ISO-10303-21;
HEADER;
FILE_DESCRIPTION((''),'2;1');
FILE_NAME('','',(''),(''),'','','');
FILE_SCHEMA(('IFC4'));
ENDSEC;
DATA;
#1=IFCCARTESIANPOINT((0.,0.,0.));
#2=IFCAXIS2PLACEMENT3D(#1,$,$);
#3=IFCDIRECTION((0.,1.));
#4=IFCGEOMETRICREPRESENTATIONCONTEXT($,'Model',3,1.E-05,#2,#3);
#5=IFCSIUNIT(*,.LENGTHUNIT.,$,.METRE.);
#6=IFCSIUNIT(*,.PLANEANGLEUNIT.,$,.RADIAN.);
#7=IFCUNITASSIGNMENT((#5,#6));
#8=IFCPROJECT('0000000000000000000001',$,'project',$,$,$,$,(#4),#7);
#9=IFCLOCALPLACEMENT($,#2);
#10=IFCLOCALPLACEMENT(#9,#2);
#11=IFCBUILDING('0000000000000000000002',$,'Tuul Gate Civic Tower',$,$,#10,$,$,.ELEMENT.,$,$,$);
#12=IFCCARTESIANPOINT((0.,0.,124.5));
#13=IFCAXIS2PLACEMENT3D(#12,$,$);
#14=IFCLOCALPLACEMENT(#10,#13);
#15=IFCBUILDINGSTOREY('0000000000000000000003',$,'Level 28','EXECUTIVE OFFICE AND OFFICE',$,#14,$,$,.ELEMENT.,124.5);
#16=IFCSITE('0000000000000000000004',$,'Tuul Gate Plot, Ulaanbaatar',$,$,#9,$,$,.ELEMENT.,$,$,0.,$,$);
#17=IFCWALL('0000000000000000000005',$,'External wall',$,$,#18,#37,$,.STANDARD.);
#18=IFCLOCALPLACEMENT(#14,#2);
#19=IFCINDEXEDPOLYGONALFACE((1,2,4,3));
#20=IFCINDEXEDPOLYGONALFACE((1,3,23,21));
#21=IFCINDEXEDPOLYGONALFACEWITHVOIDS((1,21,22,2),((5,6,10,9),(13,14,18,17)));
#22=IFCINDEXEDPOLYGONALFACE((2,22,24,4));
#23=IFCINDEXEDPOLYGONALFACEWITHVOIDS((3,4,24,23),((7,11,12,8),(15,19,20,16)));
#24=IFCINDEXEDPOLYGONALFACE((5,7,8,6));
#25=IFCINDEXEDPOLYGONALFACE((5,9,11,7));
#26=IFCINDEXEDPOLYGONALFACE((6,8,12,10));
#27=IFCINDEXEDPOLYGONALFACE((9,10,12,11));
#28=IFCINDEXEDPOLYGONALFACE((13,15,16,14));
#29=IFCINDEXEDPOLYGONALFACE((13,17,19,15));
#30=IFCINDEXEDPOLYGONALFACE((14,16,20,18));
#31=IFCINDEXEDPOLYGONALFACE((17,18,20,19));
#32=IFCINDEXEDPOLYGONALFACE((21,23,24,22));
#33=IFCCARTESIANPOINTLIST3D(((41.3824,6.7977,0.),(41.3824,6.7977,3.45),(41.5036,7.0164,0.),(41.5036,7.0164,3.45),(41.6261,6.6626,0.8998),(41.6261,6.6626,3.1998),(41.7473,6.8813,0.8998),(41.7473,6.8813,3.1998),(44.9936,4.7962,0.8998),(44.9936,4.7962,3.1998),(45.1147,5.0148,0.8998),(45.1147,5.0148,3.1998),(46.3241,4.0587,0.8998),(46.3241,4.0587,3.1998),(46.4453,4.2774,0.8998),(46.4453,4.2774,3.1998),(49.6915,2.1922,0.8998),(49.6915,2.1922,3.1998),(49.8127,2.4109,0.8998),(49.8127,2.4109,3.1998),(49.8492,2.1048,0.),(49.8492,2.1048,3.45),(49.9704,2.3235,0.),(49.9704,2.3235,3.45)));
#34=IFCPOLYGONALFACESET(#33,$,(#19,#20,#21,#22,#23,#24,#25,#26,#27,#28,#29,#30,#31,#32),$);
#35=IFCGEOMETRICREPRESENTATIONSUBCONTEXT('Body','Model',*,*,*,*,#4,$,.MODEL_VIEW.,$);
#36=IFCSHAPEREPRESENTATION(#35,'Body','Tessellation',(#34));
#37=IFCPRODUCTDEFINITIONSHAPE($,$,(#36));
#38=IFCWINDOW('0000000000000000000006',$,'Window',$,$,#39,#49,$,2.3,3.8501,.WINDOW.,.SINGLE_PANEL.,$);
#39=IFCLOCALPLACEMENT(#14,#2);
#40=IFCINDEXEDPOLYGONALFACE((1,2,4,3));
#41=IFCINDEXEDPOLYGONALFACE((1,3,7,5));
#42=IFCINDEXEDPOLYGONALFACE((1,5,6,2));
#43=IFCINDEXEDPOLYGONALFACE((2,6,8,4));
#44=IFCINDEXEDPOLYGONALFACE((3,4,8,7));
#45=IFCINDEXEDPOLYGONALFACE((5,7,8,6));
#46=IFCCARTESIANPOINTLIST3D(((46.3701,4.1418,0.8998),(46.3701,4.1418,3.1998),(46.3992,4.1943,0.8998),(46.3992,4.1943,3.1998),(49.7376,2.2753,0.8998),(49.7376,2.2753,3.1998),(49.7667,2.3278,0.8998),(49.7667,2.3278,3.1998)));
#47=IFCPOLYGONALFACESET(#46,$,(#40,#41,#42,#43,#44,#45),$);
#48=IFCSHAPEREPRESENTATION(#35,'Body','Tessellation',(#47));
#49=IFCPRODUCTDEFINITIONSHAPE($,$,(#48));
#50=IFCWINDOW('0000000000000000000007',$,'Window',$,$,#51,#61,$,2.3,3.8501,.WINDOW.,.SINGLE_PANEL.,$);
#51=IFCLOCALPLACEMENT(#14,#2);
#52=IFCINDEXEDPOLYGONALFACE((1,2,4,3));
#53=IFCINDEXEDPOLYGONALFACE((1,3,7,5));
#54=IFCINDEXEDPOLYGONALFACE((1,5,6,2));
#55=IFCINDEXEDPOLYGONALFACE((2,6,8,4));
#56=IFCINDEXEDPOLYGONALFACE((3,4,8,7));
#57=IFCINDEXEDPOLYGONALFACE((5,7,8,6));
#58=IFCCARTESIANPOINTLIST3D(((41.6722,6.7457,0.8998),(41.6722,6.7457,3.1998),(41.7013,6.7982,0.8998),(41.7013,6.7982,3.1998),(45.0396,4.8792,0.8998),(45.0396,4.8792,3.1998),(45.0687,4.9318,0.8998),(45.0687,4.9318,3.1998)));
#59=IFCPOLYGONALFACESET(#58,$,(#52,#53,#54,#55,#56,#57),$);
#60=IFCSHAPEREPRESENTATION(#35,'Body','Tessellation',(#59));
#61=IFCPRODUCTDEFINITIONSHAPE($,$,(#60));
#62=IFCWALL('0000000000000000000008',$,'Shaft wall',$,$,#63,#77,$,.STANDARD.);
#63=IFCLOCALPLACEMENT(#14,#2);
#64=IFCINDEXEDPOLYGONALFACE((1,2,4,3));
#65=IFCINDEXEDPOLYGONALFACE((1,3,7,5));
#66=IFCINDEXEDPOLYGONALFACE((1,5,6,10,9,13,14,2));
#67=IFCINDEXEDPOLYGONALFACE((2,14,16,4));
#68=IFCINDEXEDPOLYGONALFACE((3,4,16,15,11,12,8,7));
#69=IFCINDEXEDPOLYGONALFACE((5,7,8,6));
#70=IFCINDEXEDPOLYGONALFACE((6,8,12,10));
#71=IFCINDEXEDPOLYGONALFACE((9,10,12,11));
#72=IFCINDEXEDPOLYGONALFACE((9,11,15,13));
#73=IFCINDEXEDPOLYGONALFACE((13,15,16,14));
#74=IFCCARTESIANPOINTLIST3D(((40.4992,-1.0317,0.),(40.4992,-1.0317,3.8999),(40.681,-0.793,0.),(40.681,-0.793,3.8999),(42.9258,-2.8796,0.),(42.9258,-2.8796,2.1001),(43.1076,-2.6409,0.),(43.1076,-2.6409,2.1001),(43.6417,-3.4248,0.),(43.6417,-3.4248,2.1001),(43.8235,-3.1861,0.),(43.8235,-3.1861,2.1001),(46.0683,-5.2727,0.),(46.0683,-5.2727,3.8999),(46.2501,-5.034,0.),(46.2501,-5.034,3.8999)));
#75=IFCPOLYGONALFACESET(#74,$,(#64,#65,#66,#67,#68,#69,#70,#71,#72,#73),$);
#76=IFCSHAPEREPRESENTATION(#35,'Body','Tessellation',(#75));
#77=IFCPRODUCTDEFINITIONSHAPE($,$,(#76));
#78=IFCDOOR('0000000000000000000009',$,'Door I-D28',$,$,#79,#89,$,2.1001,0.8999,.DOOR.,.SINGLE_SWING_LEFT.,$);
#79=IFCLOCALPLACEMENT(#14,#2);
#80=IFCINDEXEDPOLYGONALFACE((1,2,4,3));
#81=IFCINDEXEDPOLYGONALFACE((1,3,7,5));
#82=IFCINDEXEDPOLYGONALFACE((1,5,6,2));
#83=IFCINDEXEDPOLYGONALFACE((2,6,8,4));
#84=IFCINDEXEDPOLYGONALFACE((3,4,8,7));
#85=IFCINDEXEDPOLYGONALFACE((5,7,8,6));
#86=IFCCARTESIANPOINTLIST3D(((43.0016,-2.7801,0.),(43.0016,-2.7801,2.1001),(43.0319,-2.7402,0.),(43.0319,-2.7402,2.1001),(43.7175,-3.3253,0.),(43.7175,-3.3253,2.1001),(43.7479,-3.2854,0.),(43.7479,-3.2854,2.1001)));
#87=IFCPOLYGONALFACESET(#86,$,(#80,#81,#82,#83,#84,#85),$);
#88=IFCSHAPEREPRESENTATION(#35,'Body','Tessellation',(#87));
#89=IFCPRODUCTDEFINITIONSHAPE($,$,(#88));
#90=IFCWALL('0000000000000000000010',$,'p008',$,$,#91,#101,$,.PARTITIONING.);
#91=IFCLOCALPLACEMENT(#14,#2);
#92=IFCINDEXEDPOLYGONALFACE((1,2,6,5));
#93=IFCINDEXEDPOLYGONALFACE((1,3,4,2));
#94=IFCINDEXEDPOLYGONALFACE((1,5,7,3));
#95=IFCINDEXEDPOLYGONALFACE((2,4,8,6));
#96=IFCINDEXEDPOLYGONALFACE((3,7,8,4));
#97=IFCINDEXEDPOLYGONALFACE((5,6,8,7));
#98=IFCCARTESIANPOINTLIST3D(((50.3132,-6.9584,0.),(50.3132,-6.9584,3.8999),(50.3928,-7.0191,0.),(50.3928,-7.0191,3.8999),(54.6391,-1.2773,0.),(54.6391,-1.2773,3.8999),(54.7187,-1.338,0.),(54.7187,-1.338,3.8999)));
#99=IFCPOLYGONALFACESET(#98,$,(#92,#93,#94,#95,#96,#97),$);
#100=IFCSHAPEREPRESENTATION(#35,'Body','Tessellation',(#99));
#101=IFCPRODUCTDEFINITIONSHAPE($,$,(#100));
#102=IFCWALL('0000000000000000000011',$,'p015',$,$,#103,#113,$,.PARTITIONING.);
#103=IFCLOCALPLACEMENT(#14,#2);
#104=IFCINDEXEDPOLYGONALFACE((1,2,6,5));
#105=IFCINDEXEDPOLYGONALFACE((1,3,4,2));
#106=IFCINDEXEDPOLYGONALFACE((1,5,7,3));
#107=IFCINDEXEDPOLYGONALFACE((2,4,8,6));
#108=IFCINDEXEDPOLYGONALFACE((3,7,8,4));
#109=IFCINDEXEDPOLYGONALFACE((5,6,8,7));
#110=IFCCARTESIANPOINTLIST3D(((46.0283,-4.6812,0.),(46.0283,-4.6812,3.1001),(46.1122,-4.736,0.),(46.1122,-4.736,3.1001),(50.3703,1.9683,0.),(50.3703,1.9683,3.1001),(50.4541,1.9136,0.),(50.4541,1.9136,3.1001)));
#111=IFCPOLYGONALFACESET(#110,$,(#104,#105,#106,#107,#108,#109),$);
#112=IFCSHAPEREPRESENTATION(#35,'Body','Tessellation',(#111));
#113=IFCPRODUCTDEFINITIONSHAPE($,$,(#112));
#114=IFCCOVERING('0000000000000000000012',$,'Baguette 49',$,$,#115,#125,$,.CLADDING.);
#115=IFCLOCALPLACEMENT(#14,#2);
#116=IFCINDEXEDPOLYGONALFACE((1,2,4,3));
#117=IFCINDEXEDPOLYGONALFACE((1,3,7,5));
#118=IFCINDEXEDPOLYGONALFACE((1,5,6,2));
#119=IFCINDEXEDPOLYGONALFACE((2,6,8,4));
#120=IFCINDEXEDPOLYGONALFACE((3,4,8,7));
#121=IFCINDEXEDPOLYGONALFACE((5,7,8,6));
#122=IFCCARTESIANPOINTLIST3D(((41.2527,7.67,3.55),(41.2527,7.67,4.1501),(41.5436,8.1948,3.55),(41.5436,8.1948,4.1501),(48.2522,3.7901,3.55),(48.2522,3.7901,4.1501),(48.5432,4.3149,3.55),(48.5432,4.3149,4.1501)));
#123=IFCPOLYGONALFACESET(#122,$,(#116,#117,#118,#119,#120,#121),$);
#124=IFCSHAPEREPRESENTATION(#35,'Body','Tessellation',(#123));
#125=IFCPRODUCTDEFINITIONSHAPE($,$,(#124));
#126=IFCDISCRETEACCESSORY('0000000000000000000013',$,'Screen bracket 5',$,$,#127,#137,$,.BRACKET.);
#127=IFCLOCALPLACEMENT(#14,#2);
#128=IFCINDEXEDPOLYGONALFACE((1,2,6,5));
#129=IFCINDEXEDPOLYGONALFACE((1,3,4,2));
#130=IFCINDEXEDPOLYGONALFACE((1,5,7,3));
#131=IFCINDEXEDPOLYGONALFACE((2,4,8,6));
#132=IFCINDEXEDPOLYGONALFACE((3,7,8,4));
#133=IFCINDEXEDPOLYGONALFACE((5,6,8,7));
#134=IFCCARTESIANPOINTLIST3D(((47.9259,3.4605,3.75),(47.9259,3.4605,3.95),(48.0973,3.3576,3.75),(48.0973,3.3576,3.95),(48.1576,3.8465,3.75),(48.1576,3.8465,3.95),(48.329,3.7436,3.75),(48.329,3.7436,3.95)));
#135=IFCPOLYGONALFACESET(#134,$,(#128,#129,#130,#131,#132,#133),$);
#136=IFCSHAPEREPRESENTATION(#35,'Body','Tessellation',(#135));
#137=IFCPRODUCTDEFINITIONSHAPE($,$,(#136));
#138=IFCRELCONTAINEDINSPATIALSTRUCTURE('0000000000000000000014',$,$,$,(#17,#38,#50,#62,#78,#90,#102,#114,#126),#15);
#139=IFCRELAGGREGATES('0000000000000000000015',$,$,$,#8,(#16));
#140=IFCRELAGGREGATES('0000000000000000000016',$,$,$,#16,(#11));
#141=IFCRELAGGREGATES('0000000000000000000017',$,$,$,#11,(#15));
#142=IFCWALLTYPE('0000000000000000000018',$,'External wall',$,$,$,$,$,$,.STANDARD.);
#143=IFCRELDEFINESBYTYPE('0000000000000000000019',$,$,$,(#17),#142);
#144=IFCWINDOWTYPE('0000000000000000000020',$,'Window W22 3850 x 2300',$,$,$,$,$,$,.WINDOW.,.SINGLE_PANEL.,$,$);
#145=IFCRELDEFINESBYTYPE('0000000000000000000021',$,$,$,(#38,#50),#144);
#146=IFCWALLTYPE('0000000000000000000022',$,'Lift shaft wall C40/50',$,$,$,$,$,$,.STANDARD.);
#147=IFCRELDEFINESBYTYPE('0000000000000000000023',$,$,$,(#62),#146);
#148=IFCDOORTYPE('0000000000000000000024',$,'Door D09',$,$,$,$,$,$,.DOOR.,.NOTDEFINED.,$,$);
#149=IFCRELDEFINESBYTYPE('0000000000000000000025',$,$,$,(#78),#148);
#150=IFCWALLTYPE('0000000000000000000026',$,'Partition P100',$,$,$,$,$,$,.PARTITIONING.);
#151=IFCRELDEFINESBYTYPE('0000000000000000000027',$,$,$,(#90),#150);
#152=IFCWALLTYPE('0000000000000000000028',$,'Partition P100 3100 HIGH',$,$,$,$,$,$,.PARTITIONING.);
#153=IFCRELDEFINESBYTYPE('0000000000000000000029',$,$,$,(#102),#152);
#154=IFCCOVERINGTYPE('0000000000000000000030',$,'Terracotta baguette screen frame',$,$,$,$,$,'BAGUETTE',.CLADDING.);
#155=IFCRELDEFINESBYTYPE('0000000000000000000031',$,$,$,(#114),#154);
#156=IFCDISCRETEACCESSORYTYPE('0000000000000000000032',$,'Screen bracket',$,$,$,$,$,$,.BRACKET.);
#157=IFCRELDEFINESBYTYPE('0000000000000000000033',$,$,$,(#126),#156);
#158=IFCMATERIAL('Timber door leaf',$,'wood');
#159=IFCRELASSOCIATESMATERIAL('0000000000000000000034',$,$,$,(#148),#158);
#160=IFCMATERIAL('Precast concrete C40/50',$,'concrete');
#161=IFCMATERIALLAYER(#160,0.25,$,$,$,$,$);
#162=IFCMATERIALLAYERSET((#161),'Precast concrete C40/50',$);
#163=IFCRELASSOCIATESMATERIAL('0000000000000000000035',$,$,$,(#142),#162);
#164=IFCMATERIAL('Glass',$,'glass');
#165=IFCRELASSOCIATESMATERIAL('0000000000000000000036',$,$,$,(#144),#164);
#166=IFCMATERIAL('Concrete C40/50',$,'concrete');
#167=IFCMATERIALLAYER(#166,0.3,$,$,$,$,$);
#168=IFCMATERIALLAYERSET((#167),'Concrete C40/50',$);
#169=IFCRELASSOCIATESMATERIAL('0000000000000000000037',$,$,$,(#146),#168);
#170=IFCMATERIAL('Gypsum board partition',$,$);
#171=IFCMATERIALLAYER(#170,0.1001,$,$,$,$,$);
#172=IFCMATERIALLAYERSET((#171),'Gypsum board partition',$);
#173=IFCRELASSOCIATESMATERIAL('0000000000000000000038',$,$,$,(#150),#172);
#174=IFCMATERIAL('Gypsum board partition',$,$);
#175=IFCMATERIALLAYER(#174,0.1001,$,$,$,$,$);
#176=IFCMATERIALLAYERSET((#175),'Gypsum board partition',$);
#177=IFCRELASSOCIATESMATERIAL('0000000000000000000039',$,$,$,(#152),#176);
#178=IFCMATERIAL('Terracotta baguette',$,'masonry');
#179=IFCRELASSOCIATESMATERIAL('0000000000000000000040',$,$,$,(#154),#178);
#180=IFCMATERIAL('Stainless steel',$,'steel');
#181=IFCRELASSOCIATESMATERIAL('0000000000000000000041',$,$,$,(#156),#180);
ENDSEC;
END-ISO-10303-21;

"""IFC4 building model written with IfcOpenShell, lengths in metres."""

from ifc_helpers import new_model, si_unit, direction, frame, frame_2d, origin, origin_2d, place, context, subcontext, project, spatial, rectangle, extrude, material, layer, layer_set, material_profile, profile_set, type_object, element, fill, save


model = new_model("IFC4")

# Units and contexts
model_context = context("Model", 3, precision=1e-05, world=origin(), true_north=direction((0.0, 1.0)))
body_context = subcontext(model_context, "Body", "Model", "MODEL_VIEW")
ifc_project = project(units=[si_unit("LENGTHUNIT", "METRE"), si_unit("PLANEANGLEUNIT", "RADIAN")], contexts=[model_context])

# Site, building, storey
site_placement = place(None, origin())
site = spatial("IfcSite", under=ifc_project, at=site_placement, Name="Tuul Gate Plot, Ulaanbaatar", CompositionType="ELEMENT", RefElevation=0.0)
building_placement = place(site_placement, origin())
building = spatial("IfcBuilding", under=site, at=building_placement, Name="Tuul Gate Civic Tower", CompositionType="ELEMENT")
storey_placement = place(building_placement, frame((0.0, 0.0, 124.5)))
storey = spatial("IfcBuildingStorey", under=building, at=storey_placement, Name="Level 28", Description="EXECUTIVE OFFICE AND OFFICE", CompositionType="ELEMENT", Elevation=124.5)

# Shared definitions
ifc_material_1 = material(Name="Timber door leaf", Category="wood")
door_type = type_object("IfcDoorType", Name="Door D09", OperationType="NOTDEFINED", PredefinedType="DOOR", material=ifc_material_1)

# Wall, openings, windows
ifc_material_2 = material(Name="Precast concrete C40/50", Category="concrete")
ifc_layer_1 = layer(ifc_material_2, 0.25)
ifc_layer_set_1 = layer_set([ifc_layer_1], Name="Precast concrete C40/50")
wall_type_1 = type_object("IfcWallType", Name="External wall", PredefinedType="STANDARD", material=ifc_layer_set_1)
wall_1_placement = place(storey_placement, frame((49.9099, 2.2141, 0.0), z_axis=(0.0, 0.0, 1.0), x_axis=(-0.874635, 0.484782, 0.0)))
wall_1 = element("IfcWall", 1, at=wall_1_placement, inside=storey, type_object=wall_type_1, Name="External wall", PredefinedType="STANDARD", context=body_context, shape_type="SweptSolid", body=[
    extrude(rectangle(XDim=9.6804, YDim=0.25, at=frame_2d((4.8403, 0.0))), origin(), (0.0, 0.0, 1.0), 3.45),
])
opening_1_placement = place(wall_1_placement, frame((0.1804, 0.0, 0.8999)))
opening_1 = element("IfcOpeningElement", 2, at=opening_1_placement, cuts=wall_1, PredefinedType="OPENING", context=body_context, shape_type="SweptSolid", body=[
    extrude(rectangle(XDim=3.8501, YDim=2.3, at=frame_2d((1.925, 1.1499))), frame((0.0, 0.135, 0.0), z_axis=(0.0, -1.0, 0.0), x_axis=(1.0, 0.0, 0.0)), (0.0, 0.0, 1.0), 0.27),
])
opening_2_placement = place(wall_1_placement, frame((5.5518, 0.0, 0.8999)))
opening_2 = element("IfcOpeningElement", 3, at=opening_2_placement, cuts=wall_1, PredefinedType="OPENING", context=body_context, shape_type="SweptSolid", body=[
    extrude(rectangle(XDim=3.8501, YDim=2.3, at=frame_2d((1.925, 1.1499))), frame((0.0, 0.135, 0.0), z_axis=(0.0, -1.0, 0.0), x_axis=(1.0, 0.0, 0.0)), (0.0, 0.0, 1.0), 0.27),
])
ifc_material_3 = material(Name="Glass", Category="glass")
window_type = type_object("IfcWindowType", Name="Window W22 3850 x 2300", PartitioningType="SINGLE_PANEL", PredefinedType="WINDOW", material=ifc_material_3)
window_1_placement = place(opening_1_placement, origin())
window_1 = element("IfcWindow", 4, at=window_1_placement, inside=storey, type_object=window_type, Name="Window", OverallHeight=2.3, OverallWidth=3.8501, PartitioningType="SINGLE_PANEL", PredefinedType="WINDOW", context=body_context, shape_type="SweptSolid", body=[
    extrude(rectangle(XDim=3.8501, YDim=2.3, at=frame_2d((1.925, 1.1499))), frame((0.0, 0.03, 0.0), z_axis=(0.0, -1.0, 0.0), x_axis=(1.0, 0.0, 0.0)), (0.0, 0.0, 1.0), 0.0601),
])
fill(opening_1, window_1)
window_2_placement = place(opening_2_placement, origin())
window_2 = element("IfcWindow", 5, at=window_2_placement, inside=storey, type_object=window_type, Name="Window", OverallHeight=2.3, OverallWidth=3.8501, PartitioningType="SINGLE_PANEL", PredefinedType="WINDOW", context=body_context, shape_type="SweptSolid", body=[
    extrude(rectangle(XDim=3.8501, YDim=2.3, at=frame_2d((1.925, 1.1499))), frame((0.0, 0.03, 0.0), z_axis=(0.0, -1.0, 0.0), x_axis=(1.0, 0.0, 0.0)), (0.0, 0.0, 1.0), 0.0601),
])
fill(opening_2, window_2)

# Wall, opening, door
ifc_material_4 = material(Name="Concrete C40/50", Category="concrete")
ifc_layer_2 = layer(ifc_material_4, 0.3)
ifc_layer_set_2 = layer_set([ifc_layer_2], Name="Concrete C40/50")
wall_type_2 = type_object("IfcWallType", Name="Lift shaft wall C40/50", PredefinedType="STANDARD", material=ifc_layer_set_2)
wall_2_placement = place(storey_placement, frame((46.1592, -5.1533, 0.0), z_axis=(0.0, 0.0, 1.0), x_axis=(-0.79558, 0.605849, 0.0)))
wall_2 = element("IfcWall", 6, at=wall_2_placement, inside=storey, type_object=wall_type_2, Name="Shaft wall", PredefinedType="STANDARD", context=body_context, shape_type="SweptSolid", body=[
    extrude(rectangle(XDim=7.0, YDim=0.3, at=frame_2d((3.5, 0.0))), origin(), (0.0, 0.0, 1.0), 3.8999),
])
opening_3_placement = place(wall_2_placement, frame((3.05, 0.0, 0.0)))
opening_3 = element("IfcOpeningElement", 7, at=opening_3_placement, cuts=wall_2, PredefinedType="OPENING", context=body_context, shape_type="SweptSolid", body=[
    extrude(rectangle(XDim=0.8999, YDim=2.1001, at=frame_2d((0.45, 1.05))), frame((0.0, 0.1602, 0.0), z_axis=(0.0, -1.0, 0.0), x_axis=(1.0, 0.0, 0.0)), (0.0, 0.0, 1.0), 0.3201),
])
door_1_placement = place(opening_3_placement, origin())
door_1 = element("IfcDoor", 8, at=door_1_placement, inside=storey, type_object=door_type, Name="Door I-D28", OperationType="SINGLE_SWING_LEFT", OverallHeight=2.1001, OverallWidth=0.8999, PredefinedType="DOOR", context=body_context, shape_type="SweptSolid", body=[
    extrude(rectangle(XDim=0.8999, YDim=2.1001, at=frame_2d((0.45, 1.05))), frame((0.0, 0.0249, 0.0), z_axis=(0.0, -1.0, 0.0), x_axis=(1.0, 0.0, 0.0)), (0.0, 0.0, 1.0), 0.05),
])
fill(opening_3, door_1)

# Walls
ifc_material_5 = material(Name="Gypsum board partition")
ifc_layer_3 = layer(ifc_material_5, 0.1001)
ifc_layer_set_3 = layer_set([ifc_layer_3], Name="Gypsum board partition")
wall_type_3 = type_object("IfcWallType", Name="Partition P100", PredefinedType="PARTITIONING", material=ifc_layer_set_3)
wall_3_placement = place(storey_placement, frame((50.353, -6.9888, 0.0), z_axis=(0.0, 0.0, 1.0), x_axis=(0.605816, 0.795605, 0.0)))
element("IfcWall", 9, at=wall_3_placement, inside=storey, type_object=wall_type_3, Name="p008", PredefinedType="PARTITIONING", context=body_context, shape_type="SweptSolid", body=[
    extrude(rectangle(XDim=7.1406, YDim=0.1001, at=frame_2d((3.5703, 0.0))), origin(), (0.0, 0.0, 1.0), 3.8999),
])
ifc_material_6 = material(Name="Gypsum board partition")
ifc_layer_4 = layer(ifc_material_6, 0.1001)
ifc_layer_set_4 = layer_set([ifc_layer_4], Name="Gypsum board partition")
wall_type_4 = type_object("IfcWallType", Name="Partition P100 3100 HIGH", PredefinedType="PARTITIONING", material=ifc_layer_set_4)
wall_4_placement = place(storey_placement, frame((46.0703, -4.7085, 0.0), z_axis=(0.0, 0.0, 1.0), x_axis=(0.546737, 0.837305, 0.0)))
element("IfcWall", 10, at=wall_4_placement, inside=storey, type_object=wall_type_4, Name="p015", PredefinedType="PARTITIONING", context=body_context, shape_type="SweptSolid", body=[
    extrude(rectangle(XDim=7.9417, YDim=0.1001, at=frame_2d((3.9707, 0.0))), origin(), (0.0, 0.0, 1.0), 3.1001),
])

# Covering
ifc_material_7 = material(Name="Terracotta baguette", Category="masonry")
ifc_material_profile_1 = material_profile(ifc_material_7, rectangle(XDim=0.6001, YDim=0.6001, at=origin_2d()), Name="Terracotta baguette screen frame")
ifc_profile_set_1 = profile_set([ifc_material_profile_1], Name="Terracotta baguette")
covering_type = type_object("IfcCoveringType", Name="Terracotta baguette screen frame", ElementType="BAGUETTE", PredefinedType="CLADDING", material=ifc_profile_set_1)
covering_placement = place(storey_placement, frame((48.3977, 4.0525, 3.8501), z_axis=(-0.87462, 0.484809, 0.0), x_axis=(-0.484809, -0.87462, 0.0)))
element("IfcCovering", 11, at=covering_placement, inside=storey, type_object=covering_type, Name="Baguette 49", PredefinedType="CLADDING", context=body_context, shape_type="SweptSolid", body=[
    extrude(rectangle(XDim=0.6001, YDim=0.6001, at=origin_2d()), origin(), (0.0, 0.0, 1.0), 8.0029),
])

# Discrete accessory
ifc_material_8 = material(Name="Stainless steel", Category="steel")
discrete_accessory_type = type_object("IfcDiscreteAccessoryType", Name="Screen bracket", PredefinedType="BRACKET", material=ifc_material_8)
discrete_accessory_placement = place(storey_placement, frame((48.1274, 3.6021, 3.75), z_axis=(0.0, 0.0, 1.0), x_axis=(0.514589, 0.857437, 0.0)))
element("IfcDiscreteAccessory", 12, at=discrete_accessory_placement, inside=storey, type_object=discrete_accessory_type, Name="Screen bracket 5", PredefinedType="BRACKET", context=body_context, shape_type="SweptSolid", body=[
    extrude(rectangle(XDim=0.4502, YDim=0.2, at=origin_2d()), origin(), (0.0, 0.0, 1.0), 0.2),
])

save(model, "model.ifc")
